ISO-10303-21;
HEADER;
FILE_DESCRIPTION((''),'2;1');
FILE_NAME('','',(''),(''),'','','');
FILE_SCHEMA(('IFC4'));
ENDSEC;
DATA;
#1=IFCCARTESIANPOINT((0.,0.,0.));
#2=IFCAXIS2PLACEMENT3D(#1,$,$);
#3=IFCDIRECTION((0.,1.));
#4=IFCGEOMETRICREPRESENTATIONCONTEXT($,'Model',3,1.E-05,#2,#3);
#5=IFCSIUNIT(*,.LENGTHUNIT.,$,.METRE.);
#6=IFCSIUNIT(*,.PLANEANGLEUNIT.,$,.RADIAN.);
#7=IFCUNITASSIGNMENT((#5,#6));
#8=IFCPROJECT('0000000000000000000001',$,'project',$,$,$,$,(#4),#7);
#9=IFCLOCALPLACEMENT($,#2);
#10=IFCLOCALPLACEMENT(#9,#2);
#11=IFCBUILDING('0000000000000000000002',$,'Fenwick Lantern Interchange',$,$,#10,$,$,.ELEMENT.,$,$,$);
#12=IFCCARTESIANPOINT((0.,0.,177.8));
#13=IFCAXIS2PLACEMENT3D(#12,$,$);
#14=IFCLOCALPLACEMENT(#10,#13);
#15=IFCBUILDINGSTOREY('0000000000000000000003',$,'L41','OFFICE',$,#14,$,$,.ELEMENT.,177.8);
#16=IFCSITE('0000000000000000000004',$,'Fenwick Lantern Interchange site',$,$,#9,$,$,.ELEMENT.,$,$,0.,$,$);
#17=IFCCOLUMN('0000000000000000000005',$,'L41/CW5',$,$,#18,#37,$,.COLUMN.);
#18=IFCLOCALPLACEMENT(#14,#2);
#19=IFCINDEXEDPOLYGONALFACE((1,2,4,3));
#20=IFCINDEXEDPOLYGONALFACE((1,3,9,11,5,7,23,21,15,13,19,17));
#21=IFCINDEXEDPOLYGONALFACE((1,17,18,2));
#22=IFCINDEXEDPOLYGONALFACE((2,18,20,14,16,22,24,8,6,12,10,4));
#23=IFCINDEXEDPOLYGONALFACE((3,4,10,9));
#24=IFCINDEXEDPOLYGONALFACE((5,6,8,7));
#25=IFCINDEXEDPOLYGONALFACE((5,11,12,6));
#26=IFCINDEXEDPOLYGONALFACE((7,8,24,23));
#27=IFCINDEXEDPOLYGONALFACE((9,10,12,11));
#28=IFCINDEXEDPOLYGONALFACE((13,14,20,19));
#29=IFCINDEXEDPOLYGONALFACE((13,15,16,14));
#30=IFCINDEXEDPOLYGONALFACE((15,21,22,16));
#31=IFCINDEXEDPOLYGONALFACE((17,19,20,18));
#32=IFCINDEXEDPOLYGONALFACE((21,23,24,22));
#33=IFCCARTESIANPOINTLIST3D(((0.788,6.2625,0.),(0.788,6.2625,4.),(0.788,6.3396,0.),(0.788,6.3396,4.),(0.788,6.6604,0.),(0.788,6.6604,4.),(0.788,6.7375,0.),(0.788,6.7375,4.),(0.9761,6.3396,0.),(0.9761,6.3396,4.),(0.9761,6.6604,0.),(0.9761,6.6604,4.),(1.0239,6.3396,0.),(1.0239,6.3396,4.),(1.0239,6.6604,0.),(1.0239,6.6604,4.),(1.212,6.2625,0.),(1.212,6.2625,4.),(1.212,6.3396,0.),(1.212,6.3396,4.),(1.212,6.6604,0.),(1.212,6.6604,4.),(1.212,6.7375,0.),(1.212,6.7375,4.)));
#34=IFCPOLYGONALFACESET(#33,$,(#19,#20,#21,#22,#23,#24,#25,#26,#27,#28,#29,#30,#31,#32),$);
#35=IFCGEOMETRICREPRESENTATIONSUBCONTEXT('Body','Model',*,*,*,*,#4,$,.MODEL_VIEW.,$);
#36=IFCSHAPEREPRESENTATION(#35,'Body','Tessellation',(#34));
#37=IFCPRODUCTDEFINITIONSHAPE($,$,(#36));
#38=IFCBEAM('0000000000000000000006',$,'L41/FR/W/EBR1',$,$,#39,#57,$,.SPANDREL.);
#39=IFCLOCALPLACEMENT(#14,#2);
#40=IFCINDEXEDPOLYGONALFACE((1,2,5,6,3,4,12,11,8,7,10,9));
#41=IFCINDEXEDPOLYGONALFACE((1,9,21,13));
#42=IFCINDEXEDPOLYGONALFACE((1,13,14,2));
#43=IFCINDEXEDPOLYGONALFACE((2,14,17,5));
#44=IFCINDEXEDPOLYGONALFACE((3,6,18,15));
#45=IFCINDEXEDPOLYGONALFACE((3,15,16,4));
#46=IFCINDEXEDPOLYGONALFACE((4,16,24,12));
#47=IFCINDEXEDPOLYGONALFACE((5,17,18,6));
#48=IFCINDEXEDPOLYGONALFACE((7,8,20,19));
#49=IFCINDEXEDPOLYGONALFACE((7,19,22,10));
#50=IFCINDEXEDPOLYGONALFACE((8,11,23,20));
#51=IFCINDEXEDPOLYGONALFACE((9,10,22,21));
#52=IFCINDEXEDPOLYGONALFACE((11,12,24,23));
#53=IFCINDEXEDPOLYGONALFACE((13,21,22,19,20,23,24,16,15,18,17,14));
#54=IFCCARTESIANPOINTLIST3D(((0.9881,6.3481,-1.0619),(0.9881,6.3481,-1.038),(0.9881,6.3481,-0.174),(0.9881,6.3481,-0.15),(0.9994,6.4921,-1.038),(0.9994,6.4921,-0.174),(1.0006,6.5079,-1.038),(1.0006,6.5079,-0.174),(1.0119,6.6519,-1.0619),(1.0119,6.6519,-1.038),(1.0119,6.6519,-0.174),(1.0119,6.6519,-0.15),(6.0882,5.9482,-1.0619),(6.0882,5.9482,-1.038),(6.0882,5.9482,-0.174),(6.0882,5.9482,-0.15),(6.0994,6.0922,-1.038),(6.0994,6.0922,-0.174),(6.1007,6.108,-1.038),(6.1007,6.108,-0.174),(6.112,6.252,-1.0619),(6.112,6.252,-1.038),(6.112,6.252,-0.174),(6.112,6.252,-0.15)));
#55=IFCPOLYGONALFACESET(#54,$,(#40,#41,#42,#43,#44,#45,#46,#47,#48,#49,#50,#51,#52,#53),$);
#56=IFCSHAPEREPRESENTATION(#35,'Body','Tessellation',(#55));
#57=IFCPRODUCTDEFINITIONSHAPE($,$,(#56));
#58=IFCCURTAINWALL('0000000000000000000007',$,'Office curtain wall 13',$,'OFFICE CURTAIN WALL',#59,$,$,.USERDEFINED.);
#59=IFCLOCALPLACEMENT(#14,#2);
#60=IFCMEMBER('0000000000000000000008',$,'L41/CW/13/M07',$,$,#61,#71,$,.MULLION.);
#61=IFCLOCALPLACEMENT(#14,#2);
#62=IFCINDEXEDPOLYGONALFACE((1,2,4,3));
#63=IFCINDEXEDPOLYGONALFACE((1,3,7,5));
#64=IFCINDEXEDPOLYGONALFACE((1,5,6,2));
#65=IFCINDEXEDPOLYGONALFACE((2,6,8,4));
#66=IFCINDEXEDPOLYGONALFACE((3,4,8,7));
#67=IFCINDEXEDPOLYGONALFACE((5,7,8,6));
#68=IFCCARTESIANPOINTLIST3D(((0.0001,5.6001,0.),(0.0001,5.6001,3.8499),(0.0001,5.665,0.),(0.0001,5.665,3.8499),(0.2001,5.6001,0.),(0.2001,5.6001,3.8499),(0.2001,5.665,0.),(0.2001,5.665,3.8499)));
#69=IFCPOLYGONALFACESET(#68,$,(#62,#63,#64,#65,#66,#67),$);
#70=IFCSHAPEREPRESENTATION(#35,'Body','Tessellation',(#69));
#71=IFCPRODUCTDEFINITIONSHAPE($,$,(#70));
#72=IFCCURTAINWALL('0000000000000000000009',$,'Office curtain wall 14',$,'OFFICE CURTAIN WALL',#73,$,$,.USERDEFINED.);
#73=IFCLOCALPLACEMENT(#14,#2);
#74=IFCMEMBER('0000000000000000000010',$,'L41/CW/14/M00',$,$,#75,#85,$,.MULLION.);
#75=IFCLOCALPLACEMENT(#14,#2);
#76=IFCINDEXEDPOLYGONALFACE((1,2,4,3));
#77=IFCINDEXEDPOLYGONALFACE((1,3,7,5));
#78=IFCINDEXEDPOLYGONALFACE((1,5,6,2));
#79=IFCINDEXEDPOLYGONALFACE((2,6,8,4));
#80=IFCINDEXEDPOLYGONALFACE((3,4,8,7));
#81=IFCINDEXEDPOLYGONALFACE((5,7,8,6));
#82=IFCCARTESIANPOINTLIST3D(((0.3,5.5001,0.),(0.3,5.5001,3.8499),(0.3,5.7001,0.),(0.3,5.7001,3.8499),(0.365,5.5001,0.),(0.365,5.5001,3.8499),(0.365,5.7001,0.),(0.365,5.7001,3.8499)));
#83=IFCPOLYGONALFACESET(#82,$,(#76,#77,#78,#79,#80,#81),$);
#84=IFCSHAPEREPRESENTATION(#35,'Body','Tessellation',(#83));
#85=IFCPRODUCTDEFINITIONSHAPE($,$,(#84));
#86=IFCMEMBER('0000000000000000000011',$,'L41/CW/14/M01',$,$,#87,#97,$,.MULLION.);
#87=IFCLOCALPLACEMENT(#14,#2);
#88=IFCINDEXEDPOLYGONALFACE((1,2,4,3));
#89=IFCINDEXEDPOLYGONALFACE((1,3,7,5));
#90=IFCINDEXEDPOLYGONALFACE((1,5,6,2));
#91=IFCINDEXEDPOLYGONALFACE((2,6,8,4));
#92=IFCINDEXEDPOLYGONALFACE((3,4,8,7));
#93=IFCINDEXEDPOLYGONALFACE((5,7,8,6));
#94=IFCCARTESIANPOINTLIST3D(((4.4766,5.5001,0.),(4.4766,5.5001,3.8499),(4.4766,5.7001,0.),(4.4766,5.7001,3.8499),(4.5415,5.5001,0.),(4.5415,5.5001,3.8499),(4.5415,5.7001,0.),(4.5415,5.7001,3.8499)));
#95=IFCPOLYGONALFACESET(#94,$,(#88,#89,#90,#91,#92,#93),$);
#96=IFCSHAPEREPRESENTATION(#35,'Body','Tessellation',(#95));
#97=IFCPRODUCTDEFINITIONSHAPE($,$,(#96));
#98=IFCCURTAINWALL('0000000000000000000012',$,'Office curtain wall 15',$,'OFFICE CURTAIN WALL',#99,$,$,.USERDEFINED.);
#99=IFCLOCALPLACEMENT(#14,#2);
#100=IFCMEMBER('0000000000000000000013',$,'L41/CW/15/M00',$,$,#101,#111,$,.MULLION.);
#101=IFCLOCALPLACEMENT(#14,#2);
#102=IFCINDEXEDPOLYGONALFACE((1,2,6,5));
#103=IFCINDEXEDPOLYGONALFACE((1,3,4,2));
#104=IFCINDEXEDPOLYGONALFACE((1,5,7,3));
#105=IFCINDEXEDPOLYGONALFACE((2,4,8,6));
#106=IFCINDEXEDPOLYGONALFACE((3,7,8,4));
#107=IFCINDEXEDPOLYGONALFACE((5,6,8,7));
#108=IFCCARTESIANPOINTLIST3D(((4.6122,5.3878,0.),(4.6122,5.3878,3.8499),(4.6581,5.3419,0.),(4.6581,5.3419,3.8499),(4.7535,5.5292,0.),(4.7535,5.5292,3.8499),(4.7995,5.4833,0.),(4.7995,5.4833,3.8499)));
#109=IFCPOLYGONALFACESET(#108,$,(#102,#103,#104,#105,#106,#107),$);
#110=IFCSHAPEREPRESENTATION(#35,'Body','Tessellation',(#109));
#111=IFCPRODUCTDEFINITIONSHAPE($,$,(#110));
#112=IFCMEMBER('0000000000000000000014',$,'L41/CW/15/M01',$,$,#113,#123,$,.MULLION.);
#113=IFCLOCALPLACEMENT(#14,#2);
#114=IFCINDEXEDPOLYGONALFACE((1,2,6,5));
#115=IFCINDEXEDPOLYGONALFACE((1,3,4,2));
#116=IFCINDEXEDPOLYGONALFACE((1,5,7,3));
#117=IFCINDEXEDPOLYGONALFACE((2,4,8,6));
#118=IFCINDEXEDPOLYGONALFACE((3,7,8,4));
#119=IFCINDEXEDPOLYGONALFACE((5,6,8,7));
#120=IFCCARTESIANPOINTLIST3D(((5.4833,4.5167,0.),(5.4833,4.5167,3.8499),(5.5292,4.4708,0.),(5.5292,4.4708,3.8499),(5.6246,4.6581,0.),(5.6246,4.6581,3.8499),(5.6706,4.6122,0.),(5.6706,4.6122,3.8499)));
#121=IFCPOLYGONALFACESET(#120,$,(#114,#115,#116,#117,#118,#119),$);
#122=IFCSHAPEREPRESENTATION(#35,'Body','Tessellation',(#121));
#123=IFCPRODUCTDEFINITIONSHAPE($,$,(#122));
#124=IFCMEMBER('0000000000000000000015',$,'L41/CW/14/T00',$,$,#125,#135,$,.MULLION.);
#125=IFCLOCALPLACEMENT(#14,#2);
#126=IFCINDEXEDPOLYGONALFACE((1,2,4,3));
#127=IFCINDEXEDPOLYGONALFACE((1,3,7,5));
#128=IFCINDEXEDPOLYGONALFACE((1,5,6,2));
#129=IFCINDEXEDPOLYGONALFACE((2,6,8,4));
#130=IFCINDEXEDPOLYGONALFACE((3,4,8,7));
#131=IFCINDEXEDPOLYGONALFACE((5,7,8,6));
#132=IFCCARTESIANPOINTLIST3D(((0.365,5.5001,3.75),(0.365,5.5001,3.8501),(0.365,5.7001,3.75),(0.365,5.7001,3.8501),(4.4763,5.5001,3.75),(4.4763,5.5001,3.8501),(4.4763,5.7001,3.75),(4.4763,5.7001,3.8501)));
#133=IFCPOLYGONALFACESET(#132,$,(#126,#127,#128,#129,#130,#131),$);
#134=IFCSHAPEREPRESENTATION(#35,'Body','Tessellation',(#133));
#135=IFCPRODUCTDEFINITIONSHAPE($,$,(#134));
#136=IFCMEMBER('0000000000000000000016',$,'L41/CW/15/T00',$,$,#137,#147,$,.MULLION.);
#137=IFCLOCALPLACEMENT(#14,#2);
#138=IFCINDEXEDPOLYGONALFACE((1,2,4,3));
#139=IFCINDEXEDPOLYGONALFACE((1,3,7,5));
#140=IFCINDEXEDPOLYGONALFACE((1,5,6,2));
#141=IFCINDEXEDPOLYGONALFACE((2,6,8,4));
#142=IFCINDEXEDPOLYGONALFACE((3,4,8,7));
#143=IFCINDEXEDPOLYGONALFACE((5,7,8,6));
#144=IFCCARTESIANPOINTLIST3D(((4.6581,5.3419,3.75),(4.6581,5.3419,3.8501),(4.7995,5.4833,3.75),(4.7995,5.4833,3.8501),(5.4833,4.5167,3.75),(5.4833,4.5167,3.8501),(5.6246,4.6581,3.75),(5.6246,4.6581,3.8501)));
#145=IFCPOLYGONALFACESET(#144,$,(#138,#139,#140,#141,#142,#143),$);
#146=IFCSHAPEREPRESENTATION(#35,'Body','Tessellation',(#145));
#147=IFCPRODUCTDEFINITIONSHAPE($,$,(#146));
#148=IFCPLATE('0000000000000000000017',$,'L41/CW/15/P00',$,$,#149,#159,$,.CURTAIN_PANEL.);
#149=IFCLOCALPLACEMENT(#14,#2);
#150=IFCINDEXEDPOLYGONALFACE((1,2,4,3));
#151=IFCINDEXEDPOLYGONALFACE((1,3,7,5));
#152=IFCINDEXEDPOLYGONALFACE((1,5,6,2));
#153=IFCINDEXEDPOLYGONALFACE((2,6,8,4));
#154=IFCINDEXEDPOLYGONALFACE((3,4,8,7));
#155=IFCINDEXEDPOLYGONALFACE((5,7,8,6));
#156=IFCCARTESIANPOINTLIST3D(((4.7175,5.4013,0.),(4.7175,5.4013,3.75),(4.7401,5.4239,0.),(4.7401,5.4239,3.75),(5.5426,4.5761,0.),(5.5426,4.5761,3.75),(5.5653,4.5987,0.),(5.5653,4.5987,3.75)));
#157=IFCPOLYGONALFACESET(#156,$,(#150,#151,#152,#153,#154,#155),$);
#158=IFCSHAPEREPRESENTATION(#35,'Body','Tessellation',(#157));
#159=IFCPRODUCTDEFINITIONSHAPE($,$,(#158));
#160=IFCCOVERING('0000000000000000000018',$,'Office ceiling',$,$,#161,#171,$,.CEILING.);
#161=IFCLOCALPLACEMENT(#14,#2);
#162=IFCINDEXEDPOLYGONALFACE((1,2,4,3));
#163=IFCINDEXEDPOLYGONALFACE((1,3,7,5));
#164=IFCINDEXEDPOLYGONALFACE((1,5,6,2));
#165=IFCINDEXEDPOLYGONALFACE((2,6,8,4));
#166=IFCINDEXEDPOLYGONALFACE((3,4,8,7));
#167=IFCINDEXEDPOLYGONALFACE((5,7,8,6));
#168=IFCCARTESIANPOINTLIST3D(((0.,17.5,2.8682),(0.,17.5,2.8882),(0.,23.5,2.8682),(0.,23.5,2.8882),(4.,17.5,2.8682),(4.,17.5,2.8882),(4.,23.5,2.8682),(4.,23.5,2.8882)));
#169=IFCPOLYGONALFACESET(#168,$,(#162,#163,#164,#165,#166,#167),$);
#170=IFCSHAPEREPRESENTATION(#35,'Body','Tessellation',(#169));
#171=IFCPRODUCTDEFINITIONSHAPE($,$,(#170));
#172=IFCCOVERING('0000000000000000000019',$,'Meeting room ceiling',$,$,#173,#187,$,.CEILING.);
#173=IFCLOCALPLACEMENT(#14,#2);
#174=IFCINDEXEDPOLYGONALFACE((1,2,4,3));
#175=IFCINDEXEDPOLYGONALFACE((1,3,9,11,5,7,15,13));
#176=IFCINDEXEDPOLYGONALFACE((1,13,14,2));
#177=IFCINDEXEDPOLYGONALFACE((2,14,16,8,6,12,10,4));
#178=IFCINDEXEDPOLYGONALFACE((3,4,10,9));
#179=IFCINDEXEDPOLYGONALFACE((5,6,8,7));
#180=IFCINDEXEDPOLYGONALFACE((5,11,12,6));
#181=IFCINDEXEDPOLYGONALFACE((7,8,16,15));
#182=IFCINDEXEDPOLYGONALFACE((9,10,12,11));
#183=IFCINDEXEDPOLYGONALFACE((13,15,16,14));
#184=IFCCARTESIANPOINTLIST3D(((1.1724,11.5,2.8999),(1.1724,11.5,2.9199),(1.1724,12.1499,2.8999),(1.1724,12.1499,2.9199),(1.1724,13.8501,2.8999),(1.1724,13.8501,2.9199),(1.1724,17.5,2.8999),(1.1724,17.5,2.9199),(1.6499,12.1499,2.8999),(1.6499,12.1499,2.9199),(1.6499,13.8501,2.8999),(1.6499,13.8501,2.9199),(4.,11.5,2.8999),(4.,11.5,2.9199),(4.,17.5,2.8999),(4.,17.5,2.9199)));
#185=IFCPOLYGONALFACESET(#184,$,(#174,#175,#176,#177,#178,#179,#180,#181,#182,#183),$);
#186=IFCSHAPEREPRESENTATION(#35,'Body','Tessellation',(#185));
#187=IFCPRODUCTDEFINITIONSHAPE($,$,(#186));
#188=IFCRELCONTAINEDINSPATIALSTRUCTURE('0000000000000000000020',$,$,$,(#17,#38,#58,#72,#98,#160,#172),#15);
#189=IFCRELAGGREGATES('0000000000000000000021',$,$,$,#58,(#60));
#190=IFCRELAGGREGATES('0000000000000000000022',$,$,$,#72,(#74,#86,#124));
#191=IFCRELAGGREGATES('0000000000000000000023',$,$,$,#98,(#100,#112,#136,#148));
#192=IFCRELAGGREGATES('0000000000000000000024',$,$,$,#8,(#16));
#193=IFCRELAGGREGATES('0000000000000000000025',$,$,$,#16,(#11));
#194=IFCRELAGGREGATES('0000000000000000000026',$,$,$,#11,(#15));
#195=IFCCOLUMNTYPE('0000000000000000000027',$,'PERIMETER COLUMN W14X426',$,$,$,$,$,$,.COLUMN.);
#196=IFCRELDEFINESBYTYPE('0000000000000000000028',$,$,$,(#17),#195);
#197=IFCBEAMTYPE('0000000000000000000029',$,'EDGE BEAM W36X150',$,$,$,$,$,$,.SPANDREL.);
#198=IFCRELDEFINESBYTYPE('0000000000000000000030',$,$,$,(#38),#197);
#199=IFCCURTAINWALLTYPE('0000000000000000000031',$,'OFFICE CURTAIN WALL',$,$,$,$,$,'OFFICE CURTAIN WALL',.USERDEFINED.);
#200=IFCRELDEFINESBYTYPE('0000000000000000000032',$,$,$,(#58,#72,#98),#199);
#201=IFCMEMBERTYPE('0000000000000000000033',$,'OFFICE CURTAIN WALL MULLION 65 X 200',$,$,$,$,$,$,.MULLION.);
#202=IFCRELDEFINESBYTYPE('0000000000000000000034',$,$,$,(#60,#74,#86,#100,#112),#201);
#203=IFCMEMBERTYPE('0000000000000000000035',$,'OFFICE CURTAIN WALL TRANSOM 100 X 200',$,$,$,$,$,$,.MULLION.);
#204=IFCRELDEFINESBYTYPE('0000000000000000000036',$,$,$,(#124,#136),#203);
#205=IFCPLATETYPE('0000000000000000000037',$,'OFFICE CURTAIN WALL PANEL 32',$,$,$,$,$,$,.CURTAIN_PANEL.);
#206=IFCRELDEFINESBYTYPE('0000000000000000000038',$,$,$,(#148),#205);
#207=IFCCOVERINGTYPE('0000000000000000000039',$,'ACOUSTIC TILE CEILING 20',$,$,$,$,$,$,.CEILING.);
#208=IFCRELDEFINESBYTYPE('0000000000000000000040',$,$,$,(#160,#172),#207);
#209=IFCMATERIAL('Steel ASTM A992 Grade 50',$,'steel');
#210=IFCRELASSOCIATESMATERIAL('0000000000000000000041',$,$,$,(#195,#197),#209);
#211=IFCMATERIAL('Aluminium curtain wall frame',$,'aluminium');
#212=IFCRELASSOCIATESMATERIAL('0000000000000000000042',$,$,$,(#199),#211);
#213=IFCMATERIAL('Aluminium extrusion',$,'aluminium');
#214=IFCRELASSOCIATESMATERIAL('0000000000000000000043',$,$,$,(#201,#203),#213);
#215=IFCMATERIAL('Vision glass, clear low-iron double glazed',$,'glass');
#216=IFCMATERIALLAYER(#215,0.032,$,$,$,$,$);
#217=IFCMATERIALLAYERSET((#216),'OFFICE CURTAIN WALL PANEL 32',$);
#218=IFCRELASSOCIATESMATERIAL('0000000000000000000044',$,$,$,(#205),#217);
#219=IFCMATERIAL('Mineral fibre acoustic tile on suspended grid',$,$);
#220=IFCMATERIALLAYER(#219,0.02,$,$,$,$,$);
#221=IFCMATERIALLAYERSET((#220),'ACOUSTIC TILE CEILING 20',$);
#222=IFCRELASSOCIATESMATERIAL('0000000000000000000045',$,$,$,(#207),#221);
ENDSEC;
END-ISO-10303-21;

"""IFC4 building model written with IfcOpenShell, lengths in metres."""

from ifc_helpers import new_model, si_unit, direction, frame, origin, origin_2d, place, context, subcontext, project, spatial, polyline, rectangle, i_section, outline, extrude, material, layer, layer_set, material_profile, profile_set, type_object, element, aggregate, save


model = new_model("IFC4")

# Units and contexts
model_context = context("Model", 3, precision=1e-05, world=origin(), true_north=direction((0.0, 1.0)))
body_context = subcontext(model_context, "Body", "Model", "MODEL_VIEW")
ifc_project = project(units=[si_unit("LENGTHUNIT", "METRE"), si_unit("PLANEANGLEUNIT", "RADIAN")], contexts=[model_context])

# Site, building, storey
site_placement = place(None, origin())
site = spatial("IfcSite", under=ifc_project, at=site_placement, Name="Fenwick Lantern Interchange site", CompositionType="ELEMENT", RefElevation=0.0)
building_placement = place(site_placement, origin())
building = spatial("IfcBuilding", under=site, at=building_placement, Name="Fenwick Lantern Interchange", CompositionType="ELEMENT")
storey_placement = place(building_placement, frame((0.0, 0.0, 177.8)))
storey = spatial("IfcBuildingStorey", under=building, at=storey_placement, Name="L41", Description="OFFICE", CompositionType="ELEMENT", Elevation=177.8)

# Column
ifc_material_1 = material(Name="Steel ASTM A992 Grade 50", Category="steel")
ifc_material_profile_1 = material_profile(ifc_material_1, i_section(OverallWidth=0.4241, OverallDepth=0.4751, WebThickness=0.0479, FlangeThickness=0.0771, at=origin_2d()), Name="W14X426")
ifc_profile_set_1 = profile_set([ifc_material_profile_1], Name="Steel ASTM A992 Grade 50")
column_type = type_object("IfcColumnType", Name="PERIMETER COLUMN W14X426", PredefinedType="COLUMN", material=ifc_profile_set_1)
column_placement = place(storey_placement, frame((1.0, 6.5, 0.0), z_axis=(0.0, 0.0, 1.0), x_axis=(1.0, 0.0, 0.0)))
element("IfcColumn", 1, at=column_placement, inside=storey, type_object=column_type, Name="L41/CW5", PredefinedType="COLUMN", context=body_context, shape_type="SweptSolid", body=[
    extrude(i_section(OverallWidth=0.4241, OverallDepth=0.4751, WebThickness=0.0479, FlangeThickness=0.0771, at=origin_2d()), origin(), (0.0, 0.0, 1.0), 4.0),
])

# Beam
ifc_material_profile_2 = material_profile(ifc_material_1, i_section(OverallWidth=0.3047, OverallDepth=0.9119, WebThickness=0.0159, FlangeThickness=0.0239, at=origin_2d()), Name="W36X150")
ifc_profile_set_2 = profile_set([ifc_material_profile_2], Name="Steel ASTM A992 Grade 50")
beam_type = type_object("IfcBeamType", Name="EDGE BEAM W36X150", PredefinedType="SPANDREL", material=ifc_profile_set_2)
beam_placement = place(storey_placement, frame((1.0, 6.5, -0.606), z_axis=(0.99694, -0.078171, 0.0), x_axis=(0.078171, 0.99694, 0.0)))
element("IfcBeam", 2, at=beam_placement, inside=storey, type_object=beam_type, Name="L41/FR/W/EBR1", PredefinedType="SPANDREL", context=body_context, shape_type="SweptSolid", body=[
    extrude(i_section(OverallWidth=0.3047, OverallDepth=0.9119, WebThickness=0.0159, FlangeThickness=0.0239, at=origin_2d()), origin(), (0.0, 0.0, 1.0), 5.1157),
])

# Curtain wall, member
ifc_material_2 = material(Name="Aluminium curtain wall frame", Category="aluminium")
curtain_wall_type = type_object("IfcCurtainWallType", Name="OFFICE CURTAIN WALL", ElementType="OFFICE CURTAIN WALL", PredefinedType="USERDEFINED", material=ifc_material_2)
curtain_wall_1_placement = place(storey_placement, origin())
curtain_wall_1 = element("IfcCurtainWall", 3, at=curtain_wall_1_placement, inside=storey, type_object=curtain_wall_type, Name="Office curtain wall 13", ObjectType="OFFICE CURTAIN WALL", PredefinedType="USERDEFINED")
ifc_material_3 = material(Name="Aluminium extrusion", Category="aluminium")
ifc_material_profile_3 = material_profile(ifc_material_3, rectangle(XDim=0.2, YDim=0.0649, at=origin_2d()), Name="OFFICE CURTAIN WALL MULLION 65 X 200")
ifc_profile_set_3 = profile_set([ifc_material_profile_3], Name="Aluminium extrusion")
member_type_1 = type_object("IfcMemberType", Name="OFFICE CURTAIN WALL MULLION 65 X 200", PredefinedType="MULLION", material=ifc_profile_set_3)
member_1_placement = place(storey_placement, frame((0.1001, 5.6326, 0.0), z_axis=(0.0, 0.0, 1.0), x_axis=(1.0, 0.0, 0.0)))
member_1 = element("IfcMember", 4, at=member_1_placement, type_object=member_type_1, Name="L41/CW/13/M07", PredefinedType="MULLION", context=body_context, shape_type="SweptSolid", body=[
    extrude(rectangle(XDim=0.2, YDim=0.0649, at=origin_2d()), origin(), (0.0, 0.0, 1.0), 3.8499),
])
aggregate(curtain_wall_1, [member_1])

# Curtain walls, members
curtain_wall_2_placement = place(storey_placement, origin())
curtain_wall_2 = element("IfcCurtainWall", 5, at=curtain_wall_2_placement, inside=storey, type_object=curtain_wall_type, Name="Office curtain wall 14", ObjectType="OFFICE CURTAIN WALL", PredefinedType="USERDEFINED")
member_2_placement = place(storey_placement, frame((0.3325, 5.6001, 0.0), z_axis=(0.0, 0.0, 1.0), x_axis=(0.0, 1.0, 0.0)))
member_2 = element("IfcMember", 6, at=member_2_placement, type_object=member_type_1, Name="L41/CW/14/M00", PredefinedType="MULLION", context=body_context, shape_type="SweptSolid", body=[
    extrude(rectangle(XDim=0.2, YDim=0.0649, at=origin_2d()), origin(), (0.0, 0.0, 1.0), 3.8499),
])
member_3_placement = place(storey_placement, frame((4.509, 5.6001, 0.0), z_axis=(0.0, 0.0, 1.0), x_axis=(0.0, 1.0, 0.0)))
member_3 = element("IfcMember", 7, at=member_3_placement, type_object=member_type_1, Name="L41/CW/14/M01", PredefinedType="MULLION", context=body_context, shape_type="SweptSolid", body=[
    extrude(rectangle(XDim=0.2, YDim=0.0649, at=origin_2d()), origin(), (0.0, 0.0, 1.0), 3.8499),
])
curtain_wall_3_placement = place(storey_placement, origin())
curtain_wall_3 = element("IfcCurtainWall", 8, at=curtain_wall_3_placement, inside=storey, type_object=curtain_wall_type, Name="Office curtain wall 15", ObjectType="OFFICE CURTAIN WALL", PredefinedType="USERDEFINED")
member_4_placement = place(storey_placement, frame((4.7058, 5.4355, 0.0), z_axis=(0.0, 0.0, 1.0), x_axis=(0.707107, 0.707107, 0.0)))
member_4 = element("IfcMember", 9, at=member_4_placement, type_object=member_type_1, Name="L41/CW/15/M00", PredefinedType="MULLION", context=body_context, shape_type="SweptSolid", body=[
    extrude(rectangle(XDim=0.2, YDim=0.0649, at=origin_2d()), origin(), (0.0, 0.0, 1.0), 3.8499),
])
member_5_placement = place(storey_placement, frame((5.5769, 4.5645, 0.0), z_axis=(0.0, 0.0, 1.0), x_axis=(0.707107, 0.707107, 0.0)))
member_5 = element("IfcMember", 10, at=member_5_placement, type_object=member_type_1, Name="L41/CW/15/M01", PredefinedType="MULLION", context=body_context, shape_type="SweptSolid", body=[
    extrude(rectangle(XDim=0.2, YDim=0.0649, at=origin_2d()), origin(), (0.0, 0.0, 1.0), 3.8499),
])

# Members
ifc_material_profile_4 = material_profile(ifc_material_3, rectangle(XDim=0.2, YDim=0.1001, at=origin_2d()), Name="OFFICE CURTAIN WALL TRANSOM 100 X 200")
ifc_profile_set_4 = profile_set([ifc_material_profile_4], Name="Aluminium extrusion")
member_type_2 = type_object("IfcMemberType", Name="OFFICE CURTAIN WALL TRANSOM 100 X 200", PredefinedType="MULLION", material=ifc_profile_set_4)
member_6_placement = place(storey_placement, frame((0.365, 5.6001, 3.8), z_axis=(1.0, 0.0, 0.0), x_axis=(0.0, 1.0, 0.0)))
member_6 = element("IfcMember", 11, at=member_6_placement, type_object=member_type_2, Name="L41/CW/14/T00", PredefinedType="MULLION", context=body_context, shape_type="SweptSolid", body=[
    extrude(rectangle(XDim=0.2, YDim=0.1001, at=origin_2d()), origin(), (0.0, 0.0, 1.0), 4.1113),
])
member_7_placement = place(storey_placement, frame((4.7288, 5.4126, 3.8), z_axis=(0.707107, -0.707107, 0.0), x_axis=(0.707107, 0.707107, 0.0)))
member_7 = element("IfcMember", 12, at=member_7_placement, type_object=member_type_2, Name="L41/CW/15/T00", PredefinedType="MULLION", context=body_context, shape_type="SweptSolid", body=[
    extrude(rectangle(XDim=0.2, YDim=0.1001, at=origin_2d()), origin(), (0.0, 0.0, 1.0), 1.167),
])

# Shared definitions
ifc_material_4 = material(Name="Vision glass, clear low-iron double glazed", Category="glass")
ifc_layer_1 = layer(ifc_material_4, 0.032)
ifc_layer_set_1 = layer_set([ifc_layer_1], Name="OFFICE CURTAIN WALL PANEL 32")
plate_type = type_object("IfcPlateType", Name="OFFICE CURTAIN WALL PANEL 32", PredefinedType="CURTAIN_PANEL", material=ifc_layer_set_1)

# Plate
aggregate(curtain_wall_2, [member_2, member_3, member_6])
plate_1_placement = place(storey_placement, frame((5.1414, 5.0, 0.0), z_axis=(0.0, 0.0, 1.0), x_axis=(0.707107, -0.707107, 0.0)))
plate_1 = element("IfcPlate", 13, at=plate_1_placement, type_object=plate_type, Name="L41/CW/15/P00", PredefinedType="CURTAIN_PANEL", context=body_context, shape_type="SweptSolid", body=[
    extrude(rectangle(XDim=1.167, YDim=0.032, at=origin_2d()), origin(), (0.0, 0.0, 1.0), 3.75),
])
aggregate(curtain_wall_3, [member_4, member_5, member_7, plate_1])

# Coverings
ifc_material_5 = material(Name="Mineral fibre acoustic tile on suspended grid")
ifc_layer_2 = layer(ifc_material_5, 0.02)
ifc_layer_set_2 = layer_set([ifc_layer_2], Name="ACOUSTIC TILE CEILING 20")
covering_type_1 = type_object("IfcCoveringType", Name="ACOUSTIC TILE CEILING 20", PredefinedType="CEILING", material=ifc_layer_set_2)
covering_1_placement = place(storey_placement, frame((0.0, 0.0, 2.8682)))
element("IfcCovering", 14, at=covering_1_placement, inside=storey, type_object=covering_type_1, Name="Office ceiling", PredefinedType="CEILING", context=body_context, shape_type="SweptSolid", body=[
    extrude(outline(polyline([(0.0, 23.5), (0.0, 17.5), (4.0, 17.5), (4.0, 23.5), (0.0, 23.5)])), origin(), (0.0, 0.0, 1.0), 0.02),
])
covering_2_placement = place(storey_placement, frame((0.0, 0.0, 2.8999)))
element("IfcCovering", 15, at=covering_2_placement, inside=storey, type_object=covering_type_1, Name="Meeting room ceiling", PredefinedType="CEILING", context=body_context, shape_type="SweptSolid", body=[
    extrude(outline(polyline([(4.0, 17.5), (1.1724, 17.5), (1.1724, 13.8501), (1.6499, 13.8501), (1.6499, 12.1499), (1.1724, 12.1499), (1.1724, 11.5), (4.0, 11.5), (4.0, 17.5)])), origin(), (0.0, 0.0, 1.0), 0.02),
])

save(model, "model.ifc")
